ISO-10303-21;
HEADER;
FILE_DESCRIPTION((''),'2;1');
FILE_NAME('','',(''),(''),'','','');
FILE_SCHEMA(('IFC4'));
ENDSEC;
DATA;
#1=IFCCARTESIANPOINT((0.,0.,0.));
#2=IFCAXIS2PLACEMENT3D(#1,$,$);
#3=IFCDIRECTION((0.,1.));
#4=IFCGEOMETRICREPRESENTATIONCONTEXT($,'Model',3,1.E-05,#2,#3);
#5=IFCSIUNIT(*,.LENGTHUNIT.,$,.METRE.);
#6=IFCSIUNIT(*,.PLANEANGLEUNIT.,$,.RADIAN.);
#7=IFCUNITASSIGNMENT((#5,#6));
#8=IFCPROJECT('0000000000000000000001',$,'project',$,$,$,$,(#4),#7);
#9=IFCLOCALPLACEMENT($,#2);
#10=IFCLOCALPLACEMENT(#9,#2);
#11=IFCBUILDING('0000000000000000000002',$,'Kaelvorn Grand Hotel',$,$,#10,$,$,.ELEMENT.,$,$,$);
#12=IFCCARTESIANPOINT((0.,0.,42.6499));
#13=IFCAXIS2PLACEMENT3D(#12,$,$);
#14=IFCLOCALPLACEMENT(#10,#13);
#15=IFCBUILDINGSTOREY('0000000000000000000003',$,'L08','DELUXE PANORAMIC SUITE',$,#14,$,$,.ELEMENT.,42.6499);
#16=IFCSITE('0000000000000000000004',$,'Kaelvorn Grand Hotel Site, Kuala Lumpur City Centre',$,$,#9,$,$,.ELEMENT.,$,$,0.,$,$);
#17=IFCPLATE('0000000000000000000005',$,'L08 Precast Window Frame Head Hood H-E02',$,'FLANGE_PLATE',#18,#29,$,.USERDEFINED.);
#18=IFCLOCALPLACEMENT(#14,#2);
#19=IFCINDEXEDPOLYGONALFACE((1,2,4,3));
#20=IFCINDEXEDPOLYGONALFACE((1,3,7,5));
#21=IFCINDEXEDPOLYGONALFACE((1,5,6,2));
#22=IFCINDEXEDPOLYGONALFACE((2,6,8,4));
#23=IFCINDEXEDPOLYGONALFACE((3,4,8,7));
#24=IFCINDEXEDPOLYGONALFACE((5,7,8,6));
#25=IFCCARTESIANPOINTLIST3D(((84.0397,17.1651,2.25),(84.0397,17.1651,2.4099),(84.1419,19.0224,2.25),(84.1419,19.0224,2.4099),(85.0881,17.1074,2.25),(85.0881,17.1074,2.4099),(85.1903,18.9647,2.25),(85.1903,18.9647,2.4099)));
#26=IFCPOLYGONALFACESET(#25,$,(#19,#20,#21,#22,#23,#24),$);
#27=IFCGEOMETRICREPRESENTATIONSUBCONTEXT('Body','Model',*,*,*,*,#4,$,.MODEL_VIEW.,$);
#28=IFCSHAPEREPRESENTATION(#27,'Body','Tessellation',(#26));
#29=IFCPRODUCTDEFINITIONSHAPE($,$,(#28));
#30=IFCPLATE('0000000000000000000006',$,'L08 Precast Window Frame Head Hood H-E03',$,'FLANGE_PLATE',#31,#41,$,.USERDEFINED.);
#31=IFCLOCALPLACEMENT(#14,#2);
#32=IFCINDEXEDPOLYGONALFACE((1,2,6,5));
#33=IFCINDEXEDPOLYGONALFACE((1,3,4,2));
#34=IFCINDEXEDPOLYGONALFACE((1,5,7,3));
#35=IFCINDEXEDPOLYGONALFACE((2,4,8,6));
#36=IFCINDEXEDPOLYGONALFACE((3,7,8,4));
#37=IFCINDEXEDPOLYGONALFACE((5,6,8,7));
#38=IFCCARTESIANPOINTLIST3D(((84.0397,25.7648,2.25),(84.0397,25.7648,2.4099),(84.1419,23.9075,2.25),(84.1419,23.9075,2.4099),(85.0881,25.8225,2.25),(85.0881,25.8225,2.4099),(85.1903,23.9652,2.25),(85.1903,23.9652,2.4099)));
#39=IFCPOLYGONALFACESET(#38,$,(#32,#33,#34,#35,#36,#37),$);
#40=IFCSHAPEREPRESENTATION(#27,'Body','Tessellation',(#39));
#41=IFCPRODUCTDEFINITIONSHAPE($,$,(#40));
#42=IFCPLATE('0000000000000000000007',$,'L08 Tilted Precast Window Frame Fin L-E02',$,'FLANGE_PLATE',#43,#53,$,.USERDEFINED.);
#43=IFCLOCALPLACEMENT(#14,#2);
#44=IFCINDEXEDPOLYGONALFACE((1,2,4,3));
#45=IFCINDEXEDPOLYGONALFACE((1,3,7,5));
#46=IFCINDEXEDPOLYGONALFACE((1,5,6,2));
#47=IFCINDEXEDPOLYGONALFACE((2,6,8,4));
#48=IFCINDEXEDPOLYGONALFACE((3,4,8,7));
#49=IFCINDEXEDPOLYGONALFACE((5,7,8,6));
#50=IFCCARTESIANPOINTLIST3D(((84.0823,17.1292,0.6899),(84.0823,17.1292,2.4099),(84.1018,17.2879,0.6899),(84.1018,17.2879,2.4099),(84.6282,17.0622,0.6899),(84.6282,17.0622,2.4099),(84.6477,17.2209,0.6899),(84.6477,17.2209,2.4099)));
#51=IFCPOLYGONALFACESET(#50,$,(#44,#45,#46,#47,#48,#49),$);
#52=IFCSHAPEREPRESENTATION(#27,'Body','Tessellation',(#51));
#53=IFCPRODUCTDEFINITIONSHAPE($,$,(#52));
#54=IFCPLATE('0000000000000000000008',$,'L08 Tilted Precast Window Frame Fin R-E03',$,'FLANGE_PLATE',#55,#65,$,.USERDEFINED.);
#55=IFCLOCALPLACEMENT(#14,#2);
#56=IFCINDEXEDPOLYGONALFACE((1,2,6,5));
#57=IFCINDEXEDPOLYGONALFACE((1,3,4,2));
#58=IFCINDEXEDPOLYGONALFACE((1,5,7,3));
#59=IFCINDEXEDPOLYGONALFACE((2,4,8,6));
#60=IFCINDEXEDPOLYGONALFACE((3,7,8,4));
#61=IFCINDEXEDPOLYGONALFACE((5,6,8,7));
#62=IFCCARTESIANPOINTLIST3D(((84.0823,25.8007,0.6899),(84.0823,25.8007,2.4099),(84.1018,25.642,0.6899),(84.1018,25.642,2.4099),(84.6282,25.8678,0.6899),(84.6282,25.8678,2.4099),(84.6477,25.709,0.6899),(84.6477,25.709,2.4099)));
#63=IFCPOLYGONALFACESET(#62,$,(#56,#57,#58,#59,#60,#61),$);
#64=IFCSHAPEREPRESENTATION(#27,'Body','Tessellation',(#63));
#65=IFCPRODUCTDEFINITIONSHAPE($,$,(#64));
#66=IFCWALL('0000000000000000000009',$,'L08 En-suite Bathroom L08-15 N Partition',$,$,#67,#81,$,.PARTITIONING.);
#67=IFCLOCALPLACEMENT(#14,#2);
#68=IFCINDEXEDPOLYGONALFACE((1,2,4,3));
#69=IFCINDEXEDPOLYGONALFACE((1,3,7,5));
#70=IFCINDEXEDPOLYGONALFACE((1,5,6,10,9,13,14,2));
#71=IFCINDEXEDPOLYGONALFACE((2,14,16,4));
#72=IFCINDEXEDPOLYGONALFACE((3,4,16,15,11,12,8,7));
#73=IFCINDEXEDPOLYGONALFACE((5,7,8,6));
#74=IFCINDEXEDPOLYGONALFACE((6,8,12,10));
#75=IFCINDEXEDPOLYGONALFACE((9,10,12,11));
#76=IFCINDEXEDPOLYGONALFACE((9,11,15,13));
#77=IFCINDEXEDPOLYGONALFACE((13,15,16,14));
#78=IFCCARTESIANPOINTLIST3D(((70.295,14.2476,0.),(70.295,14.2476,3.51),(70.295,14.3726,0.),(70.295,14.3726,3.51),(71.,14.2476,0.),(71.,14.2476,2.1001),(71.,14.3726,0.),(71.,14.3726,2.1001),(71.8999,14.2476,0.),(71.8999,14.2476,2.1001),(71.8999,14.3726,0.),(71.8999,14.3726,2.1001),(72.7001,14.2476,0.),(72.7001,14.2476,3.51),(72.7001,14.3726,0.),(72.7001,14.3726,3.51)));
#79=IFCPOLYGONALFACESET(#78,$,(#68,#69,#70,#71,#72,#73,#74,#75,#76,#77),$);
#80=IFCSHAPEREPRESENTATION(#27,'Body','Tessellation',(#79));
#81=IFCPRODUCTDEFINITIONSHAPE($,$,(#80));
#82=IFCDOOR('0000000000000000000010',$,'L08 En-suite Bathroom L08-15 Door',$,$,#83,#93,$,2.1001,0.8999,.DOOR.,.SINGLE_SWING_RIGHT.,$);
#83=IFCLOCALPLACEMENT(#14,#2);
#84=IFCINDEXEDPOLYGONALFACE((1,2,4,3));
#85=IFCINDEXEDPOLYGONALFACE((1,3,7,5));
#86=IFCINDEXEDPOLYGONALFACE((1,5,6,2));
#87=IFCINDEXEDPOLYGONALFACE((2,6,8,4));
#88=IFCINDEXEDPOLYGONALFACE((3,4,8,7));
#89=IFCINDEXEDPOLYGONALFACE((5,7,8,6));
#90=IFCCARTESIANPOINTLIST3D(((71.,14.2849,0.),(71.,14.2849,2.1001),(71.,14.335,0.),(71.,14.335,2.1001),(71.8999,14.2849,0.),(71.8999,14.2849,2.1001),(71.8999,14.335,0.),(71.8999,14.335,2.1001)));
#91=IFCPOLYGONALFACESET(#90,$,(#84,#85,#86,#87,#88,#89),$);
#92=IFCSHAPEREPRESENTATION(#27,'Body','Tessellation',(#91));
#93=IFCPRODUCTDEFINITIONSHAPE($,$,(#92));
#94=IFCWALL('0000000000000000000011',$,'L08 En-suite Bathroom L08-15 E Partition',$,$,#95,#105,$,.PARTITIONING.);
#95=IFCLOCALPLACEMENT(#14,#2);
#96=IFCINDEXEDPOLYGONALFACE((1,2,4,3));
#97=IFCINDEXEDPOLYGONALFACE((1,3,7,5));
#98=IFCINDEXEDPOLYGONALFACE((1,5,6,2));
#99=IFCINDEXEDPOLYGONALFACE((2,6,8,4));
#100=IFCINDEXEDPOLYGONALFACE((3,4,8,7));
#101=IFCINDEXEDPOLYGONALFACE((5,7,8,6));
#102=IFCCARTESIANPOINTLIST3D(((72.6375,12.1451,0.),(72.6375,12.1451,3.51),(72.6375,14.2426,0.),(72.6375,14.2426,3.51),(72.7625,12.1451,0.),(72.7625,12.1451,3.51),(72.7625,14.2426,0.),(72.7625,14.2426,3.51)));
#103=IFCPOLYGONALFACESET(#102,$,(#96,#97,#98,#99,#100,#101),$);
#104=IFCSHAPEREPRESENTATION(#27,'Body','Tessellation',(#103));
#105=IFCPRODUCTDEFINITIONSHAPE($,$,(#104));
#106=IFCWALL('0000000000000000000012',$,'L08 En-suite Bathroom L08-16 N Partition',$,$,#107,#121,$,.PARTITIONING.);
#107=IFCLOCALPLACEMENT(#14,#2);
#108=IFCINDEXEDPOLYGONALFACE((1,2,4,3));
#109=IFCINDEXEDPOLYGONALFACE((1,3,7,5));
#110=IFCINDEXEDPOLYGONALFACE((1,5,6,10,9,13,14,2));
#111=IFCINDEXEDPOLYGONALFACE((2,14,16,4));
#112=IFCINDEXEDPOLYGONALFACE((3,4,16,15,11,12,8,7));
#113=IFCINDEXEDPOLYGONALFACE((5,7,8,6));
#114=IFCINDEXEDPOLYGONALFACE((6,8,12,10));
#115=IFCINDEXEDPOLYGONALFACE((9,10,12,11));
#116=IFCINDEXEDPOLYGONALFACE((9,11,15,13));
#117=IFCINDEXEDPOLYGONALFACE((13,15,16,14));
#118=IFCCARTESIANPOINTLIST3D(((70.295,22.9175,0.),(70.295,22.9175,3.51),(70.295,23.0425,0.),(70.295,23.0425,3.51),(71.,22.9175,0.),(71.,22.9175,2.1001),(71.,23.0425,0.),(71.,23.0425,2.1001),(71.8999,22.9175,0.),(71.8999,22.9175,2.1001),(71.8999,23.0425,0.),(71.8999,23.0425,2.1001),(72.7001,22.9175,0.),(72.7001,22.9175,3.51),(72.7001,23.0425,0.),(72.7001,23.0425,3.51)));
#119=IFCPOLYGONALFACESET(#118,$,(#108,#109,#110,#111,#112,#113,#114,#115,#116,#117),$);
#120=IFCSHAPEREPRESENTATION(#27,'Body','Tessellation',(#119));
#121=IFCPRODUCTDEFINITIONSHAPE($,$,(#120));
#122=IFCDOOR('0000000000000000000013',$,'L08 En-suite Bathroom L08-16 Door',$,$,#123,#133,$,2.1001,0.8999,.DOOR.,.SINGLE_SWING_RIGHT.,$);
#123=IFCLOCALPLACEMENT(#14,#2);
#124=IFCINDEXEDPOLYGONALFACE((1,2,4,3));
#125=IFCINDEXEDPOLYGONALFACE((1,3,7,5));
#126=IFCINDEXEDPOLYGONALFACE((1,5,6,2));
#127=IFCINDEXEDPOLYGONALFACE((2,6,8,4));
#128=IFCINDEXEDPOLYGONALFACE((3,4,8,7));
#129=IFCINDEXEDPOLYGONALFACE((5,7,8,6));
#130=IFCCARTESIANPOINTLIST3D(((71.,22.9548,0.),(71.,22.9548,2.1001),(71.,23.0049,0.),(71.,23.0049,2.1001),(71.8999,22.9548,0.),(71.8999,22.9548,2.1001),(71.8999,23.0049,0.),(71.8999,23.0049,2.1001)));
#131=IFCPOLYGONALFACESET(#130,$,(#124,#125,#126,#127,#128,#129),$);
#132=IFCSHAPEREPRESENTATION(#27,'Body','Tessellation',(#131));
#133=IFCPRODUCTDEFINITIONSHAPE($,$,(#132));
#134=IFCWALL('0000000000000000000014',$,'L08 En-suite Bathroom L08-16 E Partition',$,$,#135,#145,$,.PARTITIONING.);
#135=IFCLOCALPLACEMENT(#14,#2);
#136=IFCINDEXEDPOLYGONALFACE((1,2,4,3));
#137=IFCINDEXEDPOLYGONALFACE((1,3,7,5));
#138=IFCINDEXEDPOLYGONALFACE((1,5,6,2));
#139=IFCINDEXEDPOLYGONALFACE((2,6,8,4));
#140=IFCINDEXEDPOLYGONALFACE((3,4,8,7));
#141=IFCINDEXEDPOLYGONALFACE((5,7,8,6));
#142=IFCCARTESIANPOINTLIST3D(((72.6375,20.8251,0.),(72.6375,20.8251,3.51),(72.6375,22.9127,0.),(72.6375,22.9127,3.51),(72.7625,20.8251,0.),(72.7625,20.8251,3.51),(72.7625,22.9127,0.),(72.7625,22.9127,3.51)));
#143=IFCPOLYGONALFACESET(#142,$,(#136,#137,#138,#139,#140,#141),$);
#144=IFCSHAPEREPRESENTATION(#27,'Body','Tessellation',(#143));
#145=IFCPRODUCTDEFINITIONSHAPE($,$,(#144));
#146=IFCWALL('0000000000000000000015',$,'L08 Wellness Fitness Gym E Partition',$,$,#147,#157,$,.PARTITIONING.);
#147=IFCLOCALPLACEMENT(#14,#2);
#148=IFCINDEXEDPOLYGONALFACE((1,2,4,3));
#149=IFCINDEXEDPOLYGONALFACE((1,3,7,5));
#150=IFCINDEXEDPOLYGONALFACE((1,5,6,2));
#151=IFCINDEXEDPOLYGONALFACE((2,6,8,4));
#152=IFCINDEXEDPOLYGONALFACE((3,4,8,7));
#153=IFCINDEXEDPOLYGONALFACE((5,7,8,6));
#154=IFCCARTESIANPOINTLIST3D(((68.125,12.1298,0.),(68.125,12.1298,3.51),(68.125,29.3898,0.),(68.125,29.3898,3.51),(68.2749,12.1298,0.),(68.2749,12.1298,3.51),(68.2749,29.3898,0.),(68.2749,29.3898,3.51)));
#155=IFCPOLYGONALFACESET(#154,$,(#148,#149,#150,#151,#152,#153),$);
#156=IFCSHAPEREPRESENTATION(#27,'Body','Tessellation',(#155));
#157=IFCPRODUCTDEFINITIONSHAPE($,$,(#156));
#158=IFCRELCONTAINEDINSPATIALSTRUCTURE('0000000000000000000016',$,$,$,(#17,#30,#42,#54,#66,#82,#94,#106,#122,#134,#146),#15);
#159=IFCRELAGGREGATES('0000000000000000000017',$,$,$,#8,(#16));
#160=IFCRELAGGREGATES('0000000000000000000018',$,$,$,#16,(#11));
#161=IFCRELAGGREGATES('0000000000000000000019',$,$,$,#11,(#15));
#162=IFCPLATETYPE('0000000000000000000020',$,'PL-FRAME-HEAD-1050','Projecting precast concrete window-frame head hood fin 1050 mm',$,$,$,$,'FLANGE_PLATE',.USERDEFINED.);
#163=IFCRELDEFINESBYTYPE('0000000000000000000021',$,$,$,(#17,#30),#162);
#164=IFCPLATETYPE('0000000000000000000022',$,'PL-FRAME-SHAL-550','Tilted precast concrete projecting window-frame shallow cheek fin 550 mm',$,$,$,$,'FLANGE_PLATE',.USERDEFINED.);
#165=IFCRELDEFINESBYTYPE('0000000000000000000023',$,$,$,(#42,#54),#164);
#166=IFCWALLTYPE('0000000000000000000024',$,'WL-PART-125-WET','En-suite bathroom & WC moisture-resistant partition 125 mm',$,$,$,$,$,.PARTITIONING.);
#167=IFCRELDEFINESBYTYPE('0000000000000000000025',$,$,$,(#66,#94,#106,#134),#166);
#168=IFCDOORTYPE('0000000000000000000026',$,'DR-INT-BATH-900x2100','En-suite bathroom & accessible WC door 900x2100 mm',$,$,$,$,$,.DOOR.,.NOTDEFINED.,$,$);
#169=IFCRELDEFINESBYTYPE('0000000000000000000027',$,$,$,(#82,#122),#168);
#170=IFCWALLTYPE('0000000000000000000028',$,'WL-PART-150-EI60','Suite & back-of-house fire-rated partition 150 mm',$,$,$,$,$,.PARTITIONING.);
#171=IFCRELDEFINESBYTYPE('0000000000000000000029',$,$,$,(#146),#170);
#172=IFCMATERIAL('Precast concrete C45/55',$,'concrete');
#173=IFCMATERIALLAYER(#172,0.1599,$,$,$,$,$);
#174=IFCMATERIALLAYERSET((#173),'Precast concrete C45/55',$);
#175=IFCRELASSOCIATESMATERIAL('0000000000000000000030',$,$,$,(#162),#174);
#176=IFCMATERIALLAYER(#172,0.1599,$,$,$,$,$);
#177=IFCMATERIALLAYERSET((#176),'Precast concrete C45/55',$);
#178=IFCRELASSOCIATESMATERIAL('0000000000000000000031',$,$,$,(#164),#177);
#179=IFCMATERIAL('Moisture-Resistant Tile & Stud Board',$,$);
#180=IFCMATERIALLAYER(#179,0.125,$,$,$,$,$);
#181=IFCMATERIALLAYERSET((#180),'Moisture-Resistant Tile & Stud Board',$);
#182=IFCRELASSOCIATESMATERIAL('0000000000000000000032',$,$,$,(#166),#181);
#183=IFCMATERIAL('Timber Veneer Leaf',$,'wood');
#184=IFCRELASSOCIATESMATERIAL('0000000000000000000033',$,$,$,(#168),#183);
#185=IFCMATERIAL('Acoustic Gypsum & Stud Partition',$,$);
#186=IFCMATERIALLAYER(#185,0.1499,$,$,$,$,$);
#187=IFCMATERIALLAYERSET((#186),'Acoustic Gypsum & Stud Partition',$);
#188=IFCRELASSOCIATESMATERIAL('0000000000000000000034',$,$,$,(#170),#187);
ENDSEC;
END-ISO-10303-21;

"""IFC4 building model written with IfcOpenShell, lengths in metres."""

from ifc_helpers import new_model, si_unit, direction, frame, frame_2d, origin, origin_2d, place, context, subcontext, project, spatial, rectangle, extrude, material, layer, layer_set, type_object, element, fill, save


model = new_model("IFC4")

# Units and contexts
model_context = context("Model", 3, precision=1e-05, world=origin(), true_north=direction((0.0, 1.0)))
body_context = subcontext(model_context, "Body", "Model", "MODEL_VIEW")
ifc_project = project(units=[si_unit("LENGTHUNIT", "METRE"), si_unit("PLANEANGLEUNIT", "RADIAN")], contexts=[model_context])

# Site, building, storey
site_placement = place(None, origin())
site = spatial("IfcSite", under=ifc_project, at=site_placement, Name="Kaelvorn Grand Hotel Site, Kuala Lumpur City Centre", CompositionType="ELEMENT", RefElevation=0.0)
building_placement = place(site_placement, origin())
building = spatial("IfcBuilding", under=site, at=building_placement, Name="Kaelvorn Grand Hotel", CompositionType="ELEMENT")
storey_placement = place(building_placement, frame((0.0, 0.0, 42.6499)))
storey = spatial("IfcBuildingStorey", under=building, at=storey_placement, Name="L08", Description="DELUXE PANORAMIC SUITE", CompositionType="ELEMENT", Elevation=42.6499)

# Plates
ifc_material_1 = material(Name="Precast concrete C45/55", Category="concrete")
ifc_layer_1 = layer(ifc_material_1, 0.1599)
ifc_layer_set_1 = layer_set([ifc_layer_1], Name="Precast concrete C45/55")
plate_type_1 = type_object("IfcPlateType", Name="PL-FRAME-HEAD-1050", Description="Projecting precast concrete window-frame head hood fin 1050 mm", ElementType="FLANGE_PLATE", PredefinedType="USERDEFINED", material=ifc_layer_set_1)
for number, where, z_axis, x_axis, name in (
    (1, (84.615, 18.0649, 2.25), (0.0, 0.0, 1.0), (0.05495, 0.998489, 0.0), "L08 Precast Window Frame Head Hood H-E02"),
    (2, (84.615, 24.865, 2.25), (0.0, 0.0, 1.0), (-0.05495, 0.998489, 0.0), "L08 Precast Window Frame Head Hood H-E03"),
):
    element("IfcPlate", number, at=place(storey_placement, frame(where, z_axis=z_axis, x_axis=x_axis)), inside=storey, type_object=plate_type_1, Name=name, ObjectType="FLANGE_PLATE", PredefinedType="USERDEFINED", context=body_context, shape_type="SweptSolid", body=[
        extrude(rectangle(XDim=1.8601, YDim=1.05, at=origin_2d()), origin(), (0.0, 0.0, 1.0), 0.1599),
    ])
ifc_layer_2 = layer(ifc_material_1, 0.1599)
ifc_layer_set_2 = layer_set([ifc_layer_2], Name="Precast concrete C45/55")
plate_type_2 = type_object("IfcPlateType", Name="PL-FRAME-SHAL-550", Description="Tilted precast concrete projecting window-frame shallow cheek fin 550 mm", ElementType="FLANGE_PLATE", PredefinedType="USERDEFINED", material=ifc_layer_set_2)
for number, where, z_axis, x_axis, name in (
    (3, (84.365, 17.175, 0.6899), (0.0, 0.0, 1.0), (0.121869, 0.992546, 0.0), "L08 Tilted Precast Window Frame Fin L-E02"),
    (4, (84.365, 25.7549, 0.6899), (0.0, 0.0, 1.0), (-0.121869, 0.992546, 0.0), "L08 Tilted Precast Window Frame Fin R-E03"),
):
    element("IfcPlate", number, at=place(storey_placement, frame(where, z_axis=z_axis, x_axis=x_axis)), inside=storey, type_object=plate_type_2, Name=name, ObjectType="FLANGE_PLATE", PredefinedType="USERDEFINED", context=body_context, shape_type="SweptSolid", body=[
        extrude(rectangle(XDim=0.1599, YDim=0.55, at=origin_2d()), origin(), (0.0, 0.0, 1.0), 1.72),
    ])

# Wall, opening, door
ifc_material_2 = material(Name="Moisture-Resistant Tile & Stud Board")
ifc_layer_3 = layer(ifc_material_2, 0.125)
ifc_layer_set_3 = layer_set([ifc_layer_3], Name="Moisture-Resistant Tile & Stud Board")
wall_type_1 = type_object("IfcWallType", Name="WL-PART-125-WET", Description="En-suite bathroom & WC moisture-resistant partition 125 mm", PredefinedType="PARTITIONING", material=ifc_layer_set_3)
wall_1_placement = place(storey_placement, frame((70.2949, 14.3101, 0.0), z_axis=(0.0, 0.0, 1.0), x_axis=(1.0, 0.0, 0.0)))
wall_1 = element("IfcWall", 5, at=wall_1_placement, inside=storey, type_object=wall_type_1, Name="L08 En-suite Bathroom L08-15 N Partition", PredefinedType="PARTITIONING", context=body_context, shape_type="SweptSolid", body=[
    extrude(rectangle(XDim=2.405, YDim=0.125, at=frame_2d((1.2026, 0.0))), origin(), (0.0, 0.0, 1.0), 3.51),
])
opening_1_placement = place(wall_1_placement, frame((0.7051, 0.0, 0.0)))
opening_1 = element("IfcOpeningElement", 6, at=opening_1_placement, cuts=wall_1, PredefinedType="OPENING", context=body_context, shape_type="SweptSolid", body=[
    extrude(rectangle(XDim=0.8999, YDim=2.1001, at=frame_2d((0.45, 1.05))), frame((0.0, 0.0725, 0.0), z_axis=(0.0, -1.0, 0.0), x_axis=(1.0, 0.0, 0.0)), (0.0, 0.0, 1.0), 0.145),
])
ifc_material_3 = material(Name="Timber Veneer Leaf", Category="wood")
door_type_1 = type_object("IfcDoorType", Name="DR-INT-BATH-900x2100", Description="En-suite bathroom & accessible WC door 900x2100 mm", OperationType="NOTDEFINED", PredefinedType="DOOR", material=ifc_material_3)
door_1_placement = place(opening_1_placement, origin())
door_1 = element("IfcDoor", 7, at=door_1_placement, inside=storey, type_object=door_type_1, Name="L08 En-suite Bathroom L08-15 Door", OperationType="SINGLE_SWING_RIGHT", OverallHeight=2.1001, OverallWidth=0.8999, PredefinedType="DOOR", context=body_context, shape_type="SweptSolid", body=[
    extrude(rectangle(XDim=0.8999, YDim=2.1001, at=frame_2d((0.45, 1.05))), frame((0.0, 0.0249, 0.0), z_axis=(0.0, -1.0, 0.0), x_axis=(1.0, 0.0, 0.0)), (0.0, 0.0, 1.0), 0.05),
])
fill(opening_1, door_1)

# Wall
wall_2_placement = place(storey_placement, frame((72.7, 12.145, 0.0), z_axis=(0.0, 0.0, 1.0), x_axis=(0.0, 1.0, 0.0)))
element("IfcWall", 8, at=wall_2_placement, inside=storey, type_object=wall_type_1, Name="L08 En-suite Bathroom L08-15 E Partition", PredefinedType="PARTITIONING", context=body_context, shape_type="SweptSolid", body=[
    extrude(rectangle(XDim=2.0974, YDim=0.125, at=frame_2d((1.0488, 0.0))), origin(), (0.0, 0.0, 1.0), 3.51),
])

# Wall, opening, door
wall_3_placement = place(storey_placement, frame((70.2949, 22.98, 0.0), z_axis=(0.0, 0.0, 1.0), x_axis=(1.0, 0.0, 0.0)))
wall_3 = element("IfcWall", 9, at=wall_3_placement, inside=storey, type_object=wall_type_1, Name="L08 En-suite Bathroom L08-16 N Partition", PredefinedType="PARTITIONING", context=body_context, shape_type="SweptSolid", body=[
    extrude(rectangle(XDim=2.405, YDim=0.125, at=frame_2d((1.2026, 0.0))), origin(), (0.0, 0.0, 1.0), 3.51),
])
opening_2_placement = place(wall_3_placement, frame((0.7051, 0.0, 0.0)))
opening_2 = element("IfcOpeningElement", 10, at=opening_2_placement, cuts=wall_3, PredefinedType="OPENING", context=body_context, shape_type="SweptSolid", body=[
    extrude(rectangle(XDim=0.8999, YDim=2.1001, at=frame_2d((0.45, 1.05))), frame((0.0, 0.0725, 0.0), z_axis=(0.0, -1.0, 0.0), x_axis=(1.0, 0.0, 0.0)), (0.0, 0.0, 1.0), 0.145),
])
door_2_placement = place(opening_2_placement, origin())
door_2 = element("IfcDoor", 11, at=door_2_placement, inside=storey, type_object=door_type_1, Name="L08 En-suite Bathroom L08-16 Door", OperationType="SINGLE_SWING_RIGHT", OverallHeight=2.1001, OverallWidth=0.8999, PredefinedType="DOOR", context=body_context, shape_type="SweptSolid", body=[
    extrude(rectangle(XDim=0.8999, YDim=2.1001, at=frame_2d((0.45, 1.05))), frame((0.0, 0.0249, 0.0), z_axis=(0.0, -1.0, 0.0), x_axis=(1.0, 0.0, 0.0)), (0.0, 0.0, 1.0), 0.05),
])
fill(opening_2, door_2)

# Walls
wall_4_placement = place(storey_placement, frame((72.7, 20.825, 0.0), z_axis=(0.0, 0.0, 1.0), x_axis=(0.0, 1.0, 0.0)))
element("IfcWall", 12, at=wall_4_placement, inside=storey, type_object=wall_type_1, Name="L08 En-suite Bathroom L08-16 E Partition", PredefinedType="PARTITIONING", context=body_context, shape_type="SweptSolid", body=[
    extrude(rectangle(XDim=2.0876, YDim=0.125, at=frame_2d((1.0439, 0.0))), origin(), (0.0, 0.0, 1.0), 3.51),
])
ifc_material_4 = material(Name="Acoustic Gypsum & Stud Partition")
ifc_layer_4 = layer(ifc_material_4, 0.1499)
ifc_layer_set_4 = layer_set([ifc_layer_4], Name="Acoustic Gypsum & Stud Partition")
wall_type_2 = type_object("IfcWallType", Name="WL-PART-150-EI60", Description="Suite & back-of-house fire-rated partition 150 mm", PredefinedType="PARTITIONING", material=ifc_layer_set_4)
wall_5_placement = place(storey_placement, frame((68.2, 12.1299, 0.0), z_axis=(0.0, 0.0, 1.0), x_axis=(0.0, 1.0, 0.0)))
element("IfcWall", 13, at=wall_5_placement, inside=storey, type_object=wall_type_2, Name="L08 Wellness Fitness Gym E Partition", PredefinedType="PARTITIONING", context=body_context, shape_type="SweptSolid", body=[
    extrude(rectangle(XDim=17.26, YDim=0.1499, at=frame_2d((8.6299, 0.0))), origin(), (0.0, 0.0, 1.0), 3.51),
])

save(model, "model.ifc")
